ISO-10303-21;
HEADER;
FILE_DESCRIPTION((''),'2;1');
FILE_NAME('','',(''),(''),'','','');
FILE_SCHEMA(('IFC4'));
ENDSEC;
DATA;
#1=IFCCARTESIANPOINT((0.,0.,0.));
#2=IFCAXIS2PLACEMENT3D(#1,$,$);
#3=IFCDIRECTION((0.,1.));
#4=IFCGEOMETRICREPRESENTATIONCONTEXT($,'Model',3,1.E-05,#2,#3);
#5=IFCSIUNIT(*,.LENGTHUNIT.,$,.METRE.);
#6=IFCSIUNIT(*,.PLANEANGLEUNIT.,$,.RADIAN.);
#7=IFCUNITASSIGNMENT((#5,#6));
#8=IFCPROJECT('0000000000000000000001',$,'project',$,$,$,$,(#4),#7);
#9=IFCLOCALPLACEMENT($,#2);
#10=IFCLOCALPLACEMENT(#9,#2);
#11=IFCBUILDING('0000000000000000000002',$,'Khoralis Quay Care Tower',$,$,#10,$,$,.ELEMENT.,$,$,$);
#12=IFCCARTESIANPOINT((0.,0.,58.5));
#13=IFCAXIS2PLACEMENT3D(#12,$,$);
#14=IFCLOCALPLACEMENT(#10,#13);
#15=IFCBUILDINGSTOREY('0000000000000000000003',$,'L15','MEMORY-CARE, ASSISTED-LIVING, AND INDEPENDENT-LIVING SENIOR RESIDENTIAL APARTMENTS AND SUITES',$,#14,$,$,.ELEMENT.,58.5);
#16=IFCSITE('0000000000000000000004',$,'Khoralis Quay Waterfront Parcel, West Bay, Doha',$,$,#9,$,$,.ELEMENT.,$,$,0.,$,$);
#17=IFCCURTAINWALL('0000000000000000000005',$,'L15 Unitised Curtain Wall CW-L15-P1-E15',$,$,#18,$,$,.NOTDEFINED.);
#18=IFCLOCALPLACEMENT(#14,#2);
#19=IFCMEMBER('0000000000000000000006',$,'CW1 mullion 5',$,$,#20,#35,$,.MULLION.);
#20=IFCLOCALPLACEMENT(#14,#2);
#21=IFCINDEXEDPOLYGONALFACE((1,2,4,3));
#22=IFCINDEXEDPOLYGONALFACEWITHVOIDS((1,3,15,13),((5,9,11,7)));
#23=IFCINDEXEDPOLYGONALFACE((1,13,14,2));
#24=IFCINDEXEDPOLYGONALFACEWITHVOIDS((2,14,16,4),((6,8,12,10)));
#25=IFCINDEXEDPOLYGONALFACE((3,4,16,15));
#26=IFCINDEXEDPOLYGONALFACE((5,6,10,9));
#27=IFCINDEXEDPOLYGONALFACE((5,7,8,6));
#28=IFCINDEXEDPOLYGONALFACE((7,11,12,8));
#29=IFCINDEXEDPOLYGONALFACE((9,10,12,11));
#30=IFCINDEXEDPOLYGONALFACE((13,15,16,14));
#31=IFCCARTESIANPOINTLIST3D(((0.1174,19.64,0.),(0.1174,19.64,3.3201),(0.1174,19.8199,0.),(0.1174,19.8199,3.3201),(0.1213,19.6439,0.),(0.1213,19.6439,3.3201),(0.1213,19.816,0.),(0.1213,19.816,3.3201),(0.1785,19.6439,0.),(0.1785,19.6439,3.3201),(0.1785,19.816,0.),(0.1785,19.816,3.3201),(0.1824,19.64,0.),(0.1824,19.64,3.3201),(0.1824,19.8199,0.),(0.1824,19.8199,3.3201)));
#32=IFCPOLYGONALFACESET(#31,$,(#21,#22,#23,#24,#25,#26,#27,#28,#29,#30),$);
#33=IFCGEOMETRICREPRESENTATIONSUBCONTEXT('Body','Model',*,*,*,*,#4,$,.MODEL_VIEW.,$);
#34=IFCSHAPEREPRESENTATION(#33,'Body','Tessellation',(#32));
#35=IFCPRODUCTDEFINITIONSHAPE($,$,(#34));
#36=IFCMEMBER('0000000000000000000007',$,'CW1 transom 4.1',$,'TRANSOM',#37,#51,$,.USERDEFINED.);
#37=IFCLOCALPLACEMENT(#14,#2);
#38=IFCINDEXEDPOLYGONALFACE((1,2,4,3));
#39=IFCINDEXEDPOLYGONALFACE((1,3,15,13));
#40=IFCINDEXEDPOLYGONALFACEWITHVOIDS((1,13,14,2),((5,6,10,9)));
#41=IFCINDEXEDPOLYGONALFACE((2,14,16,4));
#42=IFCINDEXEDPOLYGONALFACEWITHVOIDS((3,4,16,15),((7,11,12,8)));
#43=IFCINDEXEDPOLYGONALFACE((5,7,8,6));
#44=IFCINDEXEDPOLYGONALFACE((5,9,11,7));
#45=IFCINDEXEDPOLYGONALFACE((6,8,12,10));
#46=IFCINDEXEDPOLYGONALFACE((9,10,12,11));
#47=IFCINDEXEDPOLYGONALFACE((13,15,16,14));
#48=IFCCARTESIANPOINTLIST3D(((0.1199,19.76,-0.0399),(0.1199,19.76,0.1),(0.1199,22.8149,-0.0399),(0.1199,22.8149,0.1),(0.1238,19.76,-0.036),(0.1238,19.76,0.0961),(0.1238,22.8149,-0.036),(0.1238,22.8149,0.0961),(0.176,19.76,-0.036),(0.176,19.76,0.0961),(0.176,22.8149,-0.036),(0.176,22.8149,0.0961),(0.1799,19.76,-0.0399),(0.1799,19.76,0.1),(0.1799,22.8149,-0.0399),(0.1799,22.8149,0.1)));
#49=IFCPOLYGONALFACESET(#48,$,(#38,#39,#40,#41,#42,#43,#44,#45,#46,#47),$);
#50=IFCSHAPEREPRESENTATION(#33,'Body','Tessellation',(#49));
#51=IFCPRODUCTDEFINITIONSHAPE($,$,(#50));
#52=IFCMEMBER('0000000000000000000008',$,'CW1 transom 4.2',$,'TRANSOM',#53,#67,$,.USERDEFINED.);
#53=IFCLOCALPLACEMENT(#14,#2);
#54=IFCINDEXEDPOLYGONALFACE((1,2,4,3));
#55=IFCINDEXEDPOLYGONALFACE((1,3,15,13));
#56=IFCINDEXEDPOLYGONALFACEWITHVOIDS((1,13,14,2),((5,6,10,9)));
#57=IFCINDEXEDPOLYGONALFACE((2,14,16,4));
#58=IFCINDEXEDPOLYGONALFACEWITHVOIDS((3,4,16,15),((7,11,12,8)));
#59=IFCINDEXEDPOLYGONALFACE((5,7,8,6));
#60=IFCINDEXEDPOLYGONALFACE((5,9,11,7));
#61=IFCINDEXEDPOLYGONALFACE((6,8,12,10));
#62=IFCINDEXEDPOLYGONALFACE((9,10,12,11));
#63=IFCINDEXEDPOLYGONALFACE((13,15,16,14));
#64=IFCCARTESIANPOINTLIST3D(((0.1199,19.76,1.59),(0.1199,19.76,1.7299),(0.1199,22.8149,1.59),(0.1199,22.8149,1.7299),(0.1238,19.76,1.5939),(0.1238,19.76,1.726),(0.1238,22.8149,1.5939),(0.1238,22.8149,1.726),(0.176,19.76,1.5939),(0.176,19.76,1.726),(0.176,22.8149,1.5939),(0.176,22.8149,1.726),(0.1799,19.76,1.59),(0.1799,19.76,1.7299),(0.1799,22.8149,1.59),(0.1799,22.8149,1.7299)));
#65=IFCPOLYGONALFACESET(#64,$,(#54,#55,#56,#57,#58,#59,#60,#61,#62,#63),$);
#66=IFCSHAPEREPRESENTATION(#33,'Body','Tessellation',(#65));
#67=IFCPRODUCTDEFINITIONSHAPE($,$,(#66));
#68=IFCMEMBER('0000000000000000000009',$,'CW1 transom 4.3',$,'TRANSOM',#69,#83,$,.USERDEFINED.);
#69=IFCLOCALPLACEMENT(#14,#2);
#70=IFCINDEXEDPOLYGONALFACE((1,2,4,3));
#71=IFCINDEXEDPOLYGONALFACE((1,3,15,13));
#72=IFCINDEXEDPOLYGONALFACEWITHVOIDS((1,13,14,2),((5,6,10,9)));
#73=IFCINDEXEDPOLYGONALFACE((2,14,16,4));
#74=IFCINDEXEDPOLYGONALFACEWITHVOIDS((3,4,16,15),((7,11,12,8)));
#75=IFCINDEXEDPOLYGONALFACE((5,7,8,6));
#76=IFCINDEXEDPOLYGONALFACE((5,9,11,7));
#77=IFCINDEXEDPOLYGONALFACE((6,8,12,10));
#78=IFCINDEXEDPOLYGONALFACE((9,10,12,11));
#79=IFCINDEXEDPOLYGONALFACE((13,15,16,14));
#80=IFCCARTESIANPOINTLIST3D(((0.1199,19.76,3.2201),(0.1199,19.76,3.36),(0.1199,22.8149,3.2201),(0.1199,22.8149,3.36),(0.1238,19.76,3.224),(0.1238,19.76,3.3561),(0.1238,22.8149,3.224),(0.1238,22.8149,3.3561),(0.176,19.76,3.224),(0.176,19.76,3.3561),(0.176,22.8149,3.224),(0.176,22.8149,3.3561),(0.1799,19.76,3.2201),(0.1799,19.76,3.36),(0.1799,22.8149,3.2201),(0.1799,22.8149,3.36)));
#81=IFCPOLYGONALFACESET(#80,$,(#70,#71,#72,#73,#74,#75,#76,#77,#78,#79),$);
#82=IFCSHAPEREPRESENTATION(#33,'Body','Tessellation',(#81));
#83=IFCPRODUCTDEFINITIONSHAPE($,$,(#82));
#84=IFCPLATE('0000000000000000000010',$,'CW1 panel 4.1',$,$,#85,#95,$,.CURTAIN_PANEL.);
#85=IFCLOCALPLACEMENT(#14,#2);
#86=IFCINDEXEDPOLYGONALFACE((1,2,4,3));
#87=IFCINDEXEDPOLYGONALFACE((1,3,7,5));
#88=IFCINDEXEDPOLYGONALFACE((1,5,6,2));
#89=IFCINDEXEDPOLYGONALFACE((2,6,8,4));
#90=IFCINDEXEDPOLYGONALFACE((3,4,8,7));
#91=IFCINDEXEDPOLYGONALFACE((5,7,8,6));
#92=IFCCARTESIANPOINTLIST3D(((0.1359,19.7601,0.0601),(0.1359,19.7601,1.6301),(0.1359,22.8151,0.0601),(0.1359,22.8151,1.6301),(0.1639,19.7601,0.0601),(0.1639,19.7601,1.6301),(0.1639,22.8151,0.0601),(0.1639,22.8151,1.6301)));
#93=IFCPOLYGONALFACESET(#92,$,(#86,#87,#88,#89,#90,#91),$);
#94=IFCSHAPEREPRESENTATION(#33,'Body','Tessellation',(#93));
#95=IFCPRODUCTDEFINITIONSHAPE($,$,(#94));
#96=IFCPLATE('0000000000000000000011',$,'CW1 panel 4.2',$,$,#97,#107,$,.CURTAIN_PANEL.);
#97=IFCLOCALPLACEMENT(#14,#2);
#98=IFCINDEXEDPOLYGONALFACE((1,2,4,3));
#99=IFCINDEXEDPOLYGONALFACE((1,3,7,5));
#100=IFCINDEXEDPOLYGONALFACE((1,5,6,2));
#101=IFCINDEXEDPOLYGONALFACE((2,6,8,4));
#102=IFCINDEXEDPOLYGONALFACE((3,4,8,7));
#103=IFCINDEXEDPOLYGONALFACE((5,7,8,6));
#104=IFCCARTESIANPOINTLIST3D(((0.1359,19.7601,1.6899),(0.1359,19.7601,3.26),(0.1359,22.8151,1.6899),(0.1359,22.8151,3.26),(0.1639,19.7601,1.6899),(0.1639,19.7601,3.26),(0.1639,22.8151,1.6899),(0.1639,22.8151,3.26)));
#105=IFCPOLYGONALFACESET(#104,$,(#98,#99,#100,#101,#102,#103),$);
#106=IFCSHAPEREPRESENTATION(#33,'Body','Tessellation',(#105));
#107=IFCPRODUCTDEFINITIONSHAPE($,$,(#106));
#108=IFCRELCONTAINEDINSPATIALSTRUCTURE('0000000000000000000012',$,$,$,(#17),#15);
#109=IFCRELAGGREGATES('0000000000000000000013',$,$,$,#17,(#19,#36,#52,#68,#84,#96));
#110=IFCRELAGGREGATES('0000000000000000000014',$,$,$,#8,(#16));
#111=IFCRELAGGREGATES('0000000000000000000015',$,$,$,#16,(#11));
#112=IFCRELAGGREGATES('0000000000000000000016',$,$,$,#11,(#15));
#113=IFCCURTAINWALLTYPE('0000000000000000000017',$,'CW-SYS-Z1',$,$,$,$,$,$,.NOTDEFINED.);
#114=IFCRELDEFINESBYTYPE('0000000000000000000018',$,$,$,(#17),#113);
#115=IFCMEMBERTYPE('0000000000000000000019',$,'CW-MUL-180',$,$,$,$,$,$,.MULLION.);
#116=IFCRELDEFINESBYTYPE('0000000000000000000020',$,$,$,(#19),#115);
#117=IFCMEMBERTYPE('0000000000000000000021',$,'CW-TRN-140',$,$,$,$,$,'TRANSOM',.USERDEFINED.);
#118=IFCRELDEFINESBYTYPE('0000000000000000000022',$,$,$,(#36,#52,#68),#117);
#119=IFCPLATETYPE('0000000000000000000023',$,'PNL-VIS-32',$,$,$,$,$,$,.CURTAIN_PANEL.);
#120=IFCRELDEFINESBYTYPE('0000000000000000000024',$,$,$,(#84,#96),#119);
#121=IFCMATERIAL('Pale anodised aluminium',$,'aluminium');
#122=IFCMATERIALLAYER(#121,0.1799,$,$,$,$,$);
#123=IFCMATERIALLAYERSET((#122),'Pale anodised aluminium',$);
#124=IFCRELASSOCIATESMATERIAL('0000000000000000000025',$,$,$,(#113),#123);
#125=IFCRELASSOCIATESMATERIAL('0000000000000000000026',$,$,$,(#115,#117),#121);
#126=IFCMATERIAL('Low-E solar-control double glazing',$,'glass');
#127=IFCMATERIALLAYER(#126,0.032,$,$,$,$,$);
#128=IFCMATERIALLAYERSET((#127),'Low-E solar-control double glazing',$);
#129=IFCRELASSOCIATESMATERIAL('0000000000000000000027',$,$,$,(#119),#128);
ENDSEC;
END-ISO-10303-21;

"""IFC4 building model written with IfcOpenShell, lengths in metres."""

from ifc_helpers import new_model, si_unit, direction, frame, origin, origin_2d, place, context, subcontext, project, spatial, rectangle, hollow_rectangle, extrude, source, transform, mapped, material, layer, layer_set, material_profile, profile_set, type_object, element, aggregate, save


model = new_model("IFC4")

# Units and contexts
model_context = context("Model", 3, precision=1e-05, world=origin(), true_north=direction((0.0, 1.0)))
body_context = subcontext(model_context, "Body", "Model", "MODEL_VIEW")
ifc_project = project(units=[si_unit("LENGTHUNIT", "METRE"), si_unit("PLANEANGLEUNIT", "RADIAN")], contexts=[model_context])

# Site, building, storey
site_placement = place(None, origin())
site = spatial("IfcSite", under=ifc_project, at=site_placement, Name="Khoralis Quay Waterfront Parcel, West Bay, Doha", CompositionType="ELEMENT", RefElevation=0.0)
building_placement = place(site_placement, origin())
building = spatial("IfcBuilding", under=site, at=building_placement, Name="Khoralis Quay Care Tower", CompositionType="ELEMENT")
storey_placement = place(building_placement, frame((0.0, 0.0, 58.5)))
storey = spatial("IfcBuildingStorey", under=building, at=storey_placement, Name="L15", Description="MEMORY-CARE, ASSISTED-LIVING, AND INDEPENDENT-LIVING SENIOR RESIDENTIAL APARTMENTS AND SUITES", CompositionType="ELEMENT", Elevation=58.5)

# Curtain wall, members, plates
ifc_material_1 = material(Name="Pale anodised aluminium", Category="aluminium")
ifc_layer_1 = layer(ifc_material_1, 0.1799)
ifc_layer_set_1 = layer_set([ifc_layer_1], Name="Pale anodised aluminium")
curtain_wall_type = type_object("IfcCurtainWallType", Name="CW-SYS-Z1", PredefinedType="NOTDEFINED", material=ifc_layer_set_1)
curtain_wall_placement = place(storey_placement, origin())
curtain_wall = element("IfcCurtainWall", 1, at=curtain_wall_placement, inside=storey, type_object=curtain_wall_type, Name="L15 Unitised Curtain Wall CW-L15-P1-E15", PredefinedType="NOTDEFINED")
ifc_material_profile_1 = material_profile(ifc_material_1, hollow_rectangle(XDim=0.0649, YDim=0.1799, WallThickness=0.0039, at=origin_2d()), Name="Pale anodised aluminium")
ifc_profile_set_1 = profile_set([ifc_material_profile_1], Name="Pale anodised aluminium")
member_type_1 = type_object("IfcMemberType", Name="CW-MUL-180", PredefinedType="MULLION", material=ifc_profile_set_1)
shared_shape_1 = source(origin(), body_context, "Body", "SweptSolid", [
    extrude(hollow_rectangle(XDim=0.0649, YDim=0.1799, WallThickness=0.0039, at=origin_2d()), origin(), (0.0, 0.0, 1.0), 3.3201),
])
member_1_placement = place(storey_placement, frame((0.1499, 19.73, 0.0), z_axis=(0.0, 0.0, 1.0), x_axis=(1.0, 0.0, 0.0)))
member_1 = element("IfcMember", 2, at=member_1_placement, type_object=member_type_1, Name="CW1 mullion 5", PredefinedType="MULLION", context=body_context, shape_type="MappedRepresentation", body=[
    mapped(shared_shape_1, transform((0.0, 0.0, 0.0), scale=1.0)),
])
ifc_material_profile_2 = material_profile(ifc_material_1, hollow_rectangle(XDim=0.0601, YDim=0.1399, WallThickness=0.0039, at=origin_2d()), Name="Pale anodised aluminium")
ifc_profile_set_2 = profile_set([ifc_material_profile_2], Name="Pale anodised aluminium")
member_type_2 = type_object("IfcMemberType", Name="CW-TRN-140", ElementType="TRANSOM", PredefinedType="USERDEFINED", material=ifc_profile_set_2)
shared_shape_2 = source(origin(), body_context, "Body", "SweptSolid", [
    extrude(hollow_rectangle(XDim=0.0601, YDim=0.1399, WallThickness=0.0039, at=origin_2d()), origin(), (0.0, 0.0, 1.0), 3.0549),
])
member_2_placement = place(storey_placement, frame((0.1499, 22.8149, 0.03), z_axis=(0.0, -1.0, 0.0), x_axis=(1.0, 0.0, 0.0)))
member_2 = element("IfcMember", 3, at=member_2_placement, type_object=member_type_2, Name="CW1 transom 4.1", ObjectType="TRANSOM", PredefinedType="USERDEFINED", context=body_context, shape_type="MappedRepresentation", body=[
    mapped(shared_shape_2, transform((0.0, 0.0, 0.0), scale=1.0)),
])
member_3_placement = place(storey_placement, frame((0.1499, 22.8149, 1.6599), z_axis=(0.0, -1.0, 0.0), x_axis=(1.0, 0.0, 0.0)))
member_3 = element("IfcMember", 4, at=member_3_placement, type_object=member_type_2, Name="CW1 transom 4.2", ObjectType="TRANSOM", PredefinedType="USERDEFINED", context=body_context, shape_type="MappedRepresentation", body=[
    mapped(shared_shape_2, transform((0.0, 0.0, 0.0), scale=1.0)),
])
member_4_placement = place(storey_placement, frame((0.1499, 22.8149, 3.29), z_axis=(0.0, -1.0, 0.0), x_axis=(1.0, 0.0, 0.0)))
member_4 = element("IfcMember", 5, at=member_4_placement, type_object=member_type_2, Name="CW1 transom 4.3", ObjectType="TRANSOM", PredefinedType="USERDEFINED", context=body_context, shape_type="MappedRepresentation", body=[
    mapped(shared_shape_2, transform((0.0, 0.0, 0.0), scale=1.0)),
])
ifc_material_2 = material(Name="Low-E solar-control double glazing", Category="glass")
ifc_layer_2 = layer(ifc_material_2, 0.032)
ifc_layer_set_2 = layer_set([ifc_layer_2], Name="Low-E solar-control double glazing")
plate_type = type_object("IfcPlateType", Name="PNL-VIS-32", PredefinedType="CURTAIN_PANEL", material=ifc_layer_set_2)
shared_shape_3 = source(origin(), body_context, "Body", "SweptSolid", [
    extrude(rectangle(XDim=3.0549, YDim=0.0281, at=origin_2d()), origin(), (0.0, 0.0, 1.0), 1.5701),
])
plate_1_placement = place(storey_placement, frame((0.1499, 21.2876, 0.0601), z_axis=(0.0, 0.0, 1.0), x_axis=(0.0, -1.0, 0.0)))
plate_1 = element("IfcPlate", 6, at=plate_1_placement, type_object=plate_type, Name="CW1 panel 4.1", PredefinedType="CURTAIN_PANEL", context=body_context, shape_type="MappedRepresentation", body=[
    mapped(shared_shape_3, transform((0.0, 0.0, 0.0), scale=1.0)),
])
plate_2_placement = place(storey_placement, frame((0.1499, 21.2876, 1.6899), z_axis=(0.0, 0.0, 1.0), x_axis=(0.0, -1.0, 0.0)))
plate_2 = element("IfcPlate", 7, at=plate_2_placement, type_object=plate_type, Name="CW1 panel 4.2", PredefinedType="CURTAIN_PANEL", context=body_context, shape_type="MappedRepresentation", body=[
    mapped(shared_shape_3, transform((0.0, 0.0, 0.0), scale=1.0)),
])
aggregate(curtain_wall, [member_1, member_2, member_3, member_4, plate_1, plate_2])

save(model, "model.ifc")
